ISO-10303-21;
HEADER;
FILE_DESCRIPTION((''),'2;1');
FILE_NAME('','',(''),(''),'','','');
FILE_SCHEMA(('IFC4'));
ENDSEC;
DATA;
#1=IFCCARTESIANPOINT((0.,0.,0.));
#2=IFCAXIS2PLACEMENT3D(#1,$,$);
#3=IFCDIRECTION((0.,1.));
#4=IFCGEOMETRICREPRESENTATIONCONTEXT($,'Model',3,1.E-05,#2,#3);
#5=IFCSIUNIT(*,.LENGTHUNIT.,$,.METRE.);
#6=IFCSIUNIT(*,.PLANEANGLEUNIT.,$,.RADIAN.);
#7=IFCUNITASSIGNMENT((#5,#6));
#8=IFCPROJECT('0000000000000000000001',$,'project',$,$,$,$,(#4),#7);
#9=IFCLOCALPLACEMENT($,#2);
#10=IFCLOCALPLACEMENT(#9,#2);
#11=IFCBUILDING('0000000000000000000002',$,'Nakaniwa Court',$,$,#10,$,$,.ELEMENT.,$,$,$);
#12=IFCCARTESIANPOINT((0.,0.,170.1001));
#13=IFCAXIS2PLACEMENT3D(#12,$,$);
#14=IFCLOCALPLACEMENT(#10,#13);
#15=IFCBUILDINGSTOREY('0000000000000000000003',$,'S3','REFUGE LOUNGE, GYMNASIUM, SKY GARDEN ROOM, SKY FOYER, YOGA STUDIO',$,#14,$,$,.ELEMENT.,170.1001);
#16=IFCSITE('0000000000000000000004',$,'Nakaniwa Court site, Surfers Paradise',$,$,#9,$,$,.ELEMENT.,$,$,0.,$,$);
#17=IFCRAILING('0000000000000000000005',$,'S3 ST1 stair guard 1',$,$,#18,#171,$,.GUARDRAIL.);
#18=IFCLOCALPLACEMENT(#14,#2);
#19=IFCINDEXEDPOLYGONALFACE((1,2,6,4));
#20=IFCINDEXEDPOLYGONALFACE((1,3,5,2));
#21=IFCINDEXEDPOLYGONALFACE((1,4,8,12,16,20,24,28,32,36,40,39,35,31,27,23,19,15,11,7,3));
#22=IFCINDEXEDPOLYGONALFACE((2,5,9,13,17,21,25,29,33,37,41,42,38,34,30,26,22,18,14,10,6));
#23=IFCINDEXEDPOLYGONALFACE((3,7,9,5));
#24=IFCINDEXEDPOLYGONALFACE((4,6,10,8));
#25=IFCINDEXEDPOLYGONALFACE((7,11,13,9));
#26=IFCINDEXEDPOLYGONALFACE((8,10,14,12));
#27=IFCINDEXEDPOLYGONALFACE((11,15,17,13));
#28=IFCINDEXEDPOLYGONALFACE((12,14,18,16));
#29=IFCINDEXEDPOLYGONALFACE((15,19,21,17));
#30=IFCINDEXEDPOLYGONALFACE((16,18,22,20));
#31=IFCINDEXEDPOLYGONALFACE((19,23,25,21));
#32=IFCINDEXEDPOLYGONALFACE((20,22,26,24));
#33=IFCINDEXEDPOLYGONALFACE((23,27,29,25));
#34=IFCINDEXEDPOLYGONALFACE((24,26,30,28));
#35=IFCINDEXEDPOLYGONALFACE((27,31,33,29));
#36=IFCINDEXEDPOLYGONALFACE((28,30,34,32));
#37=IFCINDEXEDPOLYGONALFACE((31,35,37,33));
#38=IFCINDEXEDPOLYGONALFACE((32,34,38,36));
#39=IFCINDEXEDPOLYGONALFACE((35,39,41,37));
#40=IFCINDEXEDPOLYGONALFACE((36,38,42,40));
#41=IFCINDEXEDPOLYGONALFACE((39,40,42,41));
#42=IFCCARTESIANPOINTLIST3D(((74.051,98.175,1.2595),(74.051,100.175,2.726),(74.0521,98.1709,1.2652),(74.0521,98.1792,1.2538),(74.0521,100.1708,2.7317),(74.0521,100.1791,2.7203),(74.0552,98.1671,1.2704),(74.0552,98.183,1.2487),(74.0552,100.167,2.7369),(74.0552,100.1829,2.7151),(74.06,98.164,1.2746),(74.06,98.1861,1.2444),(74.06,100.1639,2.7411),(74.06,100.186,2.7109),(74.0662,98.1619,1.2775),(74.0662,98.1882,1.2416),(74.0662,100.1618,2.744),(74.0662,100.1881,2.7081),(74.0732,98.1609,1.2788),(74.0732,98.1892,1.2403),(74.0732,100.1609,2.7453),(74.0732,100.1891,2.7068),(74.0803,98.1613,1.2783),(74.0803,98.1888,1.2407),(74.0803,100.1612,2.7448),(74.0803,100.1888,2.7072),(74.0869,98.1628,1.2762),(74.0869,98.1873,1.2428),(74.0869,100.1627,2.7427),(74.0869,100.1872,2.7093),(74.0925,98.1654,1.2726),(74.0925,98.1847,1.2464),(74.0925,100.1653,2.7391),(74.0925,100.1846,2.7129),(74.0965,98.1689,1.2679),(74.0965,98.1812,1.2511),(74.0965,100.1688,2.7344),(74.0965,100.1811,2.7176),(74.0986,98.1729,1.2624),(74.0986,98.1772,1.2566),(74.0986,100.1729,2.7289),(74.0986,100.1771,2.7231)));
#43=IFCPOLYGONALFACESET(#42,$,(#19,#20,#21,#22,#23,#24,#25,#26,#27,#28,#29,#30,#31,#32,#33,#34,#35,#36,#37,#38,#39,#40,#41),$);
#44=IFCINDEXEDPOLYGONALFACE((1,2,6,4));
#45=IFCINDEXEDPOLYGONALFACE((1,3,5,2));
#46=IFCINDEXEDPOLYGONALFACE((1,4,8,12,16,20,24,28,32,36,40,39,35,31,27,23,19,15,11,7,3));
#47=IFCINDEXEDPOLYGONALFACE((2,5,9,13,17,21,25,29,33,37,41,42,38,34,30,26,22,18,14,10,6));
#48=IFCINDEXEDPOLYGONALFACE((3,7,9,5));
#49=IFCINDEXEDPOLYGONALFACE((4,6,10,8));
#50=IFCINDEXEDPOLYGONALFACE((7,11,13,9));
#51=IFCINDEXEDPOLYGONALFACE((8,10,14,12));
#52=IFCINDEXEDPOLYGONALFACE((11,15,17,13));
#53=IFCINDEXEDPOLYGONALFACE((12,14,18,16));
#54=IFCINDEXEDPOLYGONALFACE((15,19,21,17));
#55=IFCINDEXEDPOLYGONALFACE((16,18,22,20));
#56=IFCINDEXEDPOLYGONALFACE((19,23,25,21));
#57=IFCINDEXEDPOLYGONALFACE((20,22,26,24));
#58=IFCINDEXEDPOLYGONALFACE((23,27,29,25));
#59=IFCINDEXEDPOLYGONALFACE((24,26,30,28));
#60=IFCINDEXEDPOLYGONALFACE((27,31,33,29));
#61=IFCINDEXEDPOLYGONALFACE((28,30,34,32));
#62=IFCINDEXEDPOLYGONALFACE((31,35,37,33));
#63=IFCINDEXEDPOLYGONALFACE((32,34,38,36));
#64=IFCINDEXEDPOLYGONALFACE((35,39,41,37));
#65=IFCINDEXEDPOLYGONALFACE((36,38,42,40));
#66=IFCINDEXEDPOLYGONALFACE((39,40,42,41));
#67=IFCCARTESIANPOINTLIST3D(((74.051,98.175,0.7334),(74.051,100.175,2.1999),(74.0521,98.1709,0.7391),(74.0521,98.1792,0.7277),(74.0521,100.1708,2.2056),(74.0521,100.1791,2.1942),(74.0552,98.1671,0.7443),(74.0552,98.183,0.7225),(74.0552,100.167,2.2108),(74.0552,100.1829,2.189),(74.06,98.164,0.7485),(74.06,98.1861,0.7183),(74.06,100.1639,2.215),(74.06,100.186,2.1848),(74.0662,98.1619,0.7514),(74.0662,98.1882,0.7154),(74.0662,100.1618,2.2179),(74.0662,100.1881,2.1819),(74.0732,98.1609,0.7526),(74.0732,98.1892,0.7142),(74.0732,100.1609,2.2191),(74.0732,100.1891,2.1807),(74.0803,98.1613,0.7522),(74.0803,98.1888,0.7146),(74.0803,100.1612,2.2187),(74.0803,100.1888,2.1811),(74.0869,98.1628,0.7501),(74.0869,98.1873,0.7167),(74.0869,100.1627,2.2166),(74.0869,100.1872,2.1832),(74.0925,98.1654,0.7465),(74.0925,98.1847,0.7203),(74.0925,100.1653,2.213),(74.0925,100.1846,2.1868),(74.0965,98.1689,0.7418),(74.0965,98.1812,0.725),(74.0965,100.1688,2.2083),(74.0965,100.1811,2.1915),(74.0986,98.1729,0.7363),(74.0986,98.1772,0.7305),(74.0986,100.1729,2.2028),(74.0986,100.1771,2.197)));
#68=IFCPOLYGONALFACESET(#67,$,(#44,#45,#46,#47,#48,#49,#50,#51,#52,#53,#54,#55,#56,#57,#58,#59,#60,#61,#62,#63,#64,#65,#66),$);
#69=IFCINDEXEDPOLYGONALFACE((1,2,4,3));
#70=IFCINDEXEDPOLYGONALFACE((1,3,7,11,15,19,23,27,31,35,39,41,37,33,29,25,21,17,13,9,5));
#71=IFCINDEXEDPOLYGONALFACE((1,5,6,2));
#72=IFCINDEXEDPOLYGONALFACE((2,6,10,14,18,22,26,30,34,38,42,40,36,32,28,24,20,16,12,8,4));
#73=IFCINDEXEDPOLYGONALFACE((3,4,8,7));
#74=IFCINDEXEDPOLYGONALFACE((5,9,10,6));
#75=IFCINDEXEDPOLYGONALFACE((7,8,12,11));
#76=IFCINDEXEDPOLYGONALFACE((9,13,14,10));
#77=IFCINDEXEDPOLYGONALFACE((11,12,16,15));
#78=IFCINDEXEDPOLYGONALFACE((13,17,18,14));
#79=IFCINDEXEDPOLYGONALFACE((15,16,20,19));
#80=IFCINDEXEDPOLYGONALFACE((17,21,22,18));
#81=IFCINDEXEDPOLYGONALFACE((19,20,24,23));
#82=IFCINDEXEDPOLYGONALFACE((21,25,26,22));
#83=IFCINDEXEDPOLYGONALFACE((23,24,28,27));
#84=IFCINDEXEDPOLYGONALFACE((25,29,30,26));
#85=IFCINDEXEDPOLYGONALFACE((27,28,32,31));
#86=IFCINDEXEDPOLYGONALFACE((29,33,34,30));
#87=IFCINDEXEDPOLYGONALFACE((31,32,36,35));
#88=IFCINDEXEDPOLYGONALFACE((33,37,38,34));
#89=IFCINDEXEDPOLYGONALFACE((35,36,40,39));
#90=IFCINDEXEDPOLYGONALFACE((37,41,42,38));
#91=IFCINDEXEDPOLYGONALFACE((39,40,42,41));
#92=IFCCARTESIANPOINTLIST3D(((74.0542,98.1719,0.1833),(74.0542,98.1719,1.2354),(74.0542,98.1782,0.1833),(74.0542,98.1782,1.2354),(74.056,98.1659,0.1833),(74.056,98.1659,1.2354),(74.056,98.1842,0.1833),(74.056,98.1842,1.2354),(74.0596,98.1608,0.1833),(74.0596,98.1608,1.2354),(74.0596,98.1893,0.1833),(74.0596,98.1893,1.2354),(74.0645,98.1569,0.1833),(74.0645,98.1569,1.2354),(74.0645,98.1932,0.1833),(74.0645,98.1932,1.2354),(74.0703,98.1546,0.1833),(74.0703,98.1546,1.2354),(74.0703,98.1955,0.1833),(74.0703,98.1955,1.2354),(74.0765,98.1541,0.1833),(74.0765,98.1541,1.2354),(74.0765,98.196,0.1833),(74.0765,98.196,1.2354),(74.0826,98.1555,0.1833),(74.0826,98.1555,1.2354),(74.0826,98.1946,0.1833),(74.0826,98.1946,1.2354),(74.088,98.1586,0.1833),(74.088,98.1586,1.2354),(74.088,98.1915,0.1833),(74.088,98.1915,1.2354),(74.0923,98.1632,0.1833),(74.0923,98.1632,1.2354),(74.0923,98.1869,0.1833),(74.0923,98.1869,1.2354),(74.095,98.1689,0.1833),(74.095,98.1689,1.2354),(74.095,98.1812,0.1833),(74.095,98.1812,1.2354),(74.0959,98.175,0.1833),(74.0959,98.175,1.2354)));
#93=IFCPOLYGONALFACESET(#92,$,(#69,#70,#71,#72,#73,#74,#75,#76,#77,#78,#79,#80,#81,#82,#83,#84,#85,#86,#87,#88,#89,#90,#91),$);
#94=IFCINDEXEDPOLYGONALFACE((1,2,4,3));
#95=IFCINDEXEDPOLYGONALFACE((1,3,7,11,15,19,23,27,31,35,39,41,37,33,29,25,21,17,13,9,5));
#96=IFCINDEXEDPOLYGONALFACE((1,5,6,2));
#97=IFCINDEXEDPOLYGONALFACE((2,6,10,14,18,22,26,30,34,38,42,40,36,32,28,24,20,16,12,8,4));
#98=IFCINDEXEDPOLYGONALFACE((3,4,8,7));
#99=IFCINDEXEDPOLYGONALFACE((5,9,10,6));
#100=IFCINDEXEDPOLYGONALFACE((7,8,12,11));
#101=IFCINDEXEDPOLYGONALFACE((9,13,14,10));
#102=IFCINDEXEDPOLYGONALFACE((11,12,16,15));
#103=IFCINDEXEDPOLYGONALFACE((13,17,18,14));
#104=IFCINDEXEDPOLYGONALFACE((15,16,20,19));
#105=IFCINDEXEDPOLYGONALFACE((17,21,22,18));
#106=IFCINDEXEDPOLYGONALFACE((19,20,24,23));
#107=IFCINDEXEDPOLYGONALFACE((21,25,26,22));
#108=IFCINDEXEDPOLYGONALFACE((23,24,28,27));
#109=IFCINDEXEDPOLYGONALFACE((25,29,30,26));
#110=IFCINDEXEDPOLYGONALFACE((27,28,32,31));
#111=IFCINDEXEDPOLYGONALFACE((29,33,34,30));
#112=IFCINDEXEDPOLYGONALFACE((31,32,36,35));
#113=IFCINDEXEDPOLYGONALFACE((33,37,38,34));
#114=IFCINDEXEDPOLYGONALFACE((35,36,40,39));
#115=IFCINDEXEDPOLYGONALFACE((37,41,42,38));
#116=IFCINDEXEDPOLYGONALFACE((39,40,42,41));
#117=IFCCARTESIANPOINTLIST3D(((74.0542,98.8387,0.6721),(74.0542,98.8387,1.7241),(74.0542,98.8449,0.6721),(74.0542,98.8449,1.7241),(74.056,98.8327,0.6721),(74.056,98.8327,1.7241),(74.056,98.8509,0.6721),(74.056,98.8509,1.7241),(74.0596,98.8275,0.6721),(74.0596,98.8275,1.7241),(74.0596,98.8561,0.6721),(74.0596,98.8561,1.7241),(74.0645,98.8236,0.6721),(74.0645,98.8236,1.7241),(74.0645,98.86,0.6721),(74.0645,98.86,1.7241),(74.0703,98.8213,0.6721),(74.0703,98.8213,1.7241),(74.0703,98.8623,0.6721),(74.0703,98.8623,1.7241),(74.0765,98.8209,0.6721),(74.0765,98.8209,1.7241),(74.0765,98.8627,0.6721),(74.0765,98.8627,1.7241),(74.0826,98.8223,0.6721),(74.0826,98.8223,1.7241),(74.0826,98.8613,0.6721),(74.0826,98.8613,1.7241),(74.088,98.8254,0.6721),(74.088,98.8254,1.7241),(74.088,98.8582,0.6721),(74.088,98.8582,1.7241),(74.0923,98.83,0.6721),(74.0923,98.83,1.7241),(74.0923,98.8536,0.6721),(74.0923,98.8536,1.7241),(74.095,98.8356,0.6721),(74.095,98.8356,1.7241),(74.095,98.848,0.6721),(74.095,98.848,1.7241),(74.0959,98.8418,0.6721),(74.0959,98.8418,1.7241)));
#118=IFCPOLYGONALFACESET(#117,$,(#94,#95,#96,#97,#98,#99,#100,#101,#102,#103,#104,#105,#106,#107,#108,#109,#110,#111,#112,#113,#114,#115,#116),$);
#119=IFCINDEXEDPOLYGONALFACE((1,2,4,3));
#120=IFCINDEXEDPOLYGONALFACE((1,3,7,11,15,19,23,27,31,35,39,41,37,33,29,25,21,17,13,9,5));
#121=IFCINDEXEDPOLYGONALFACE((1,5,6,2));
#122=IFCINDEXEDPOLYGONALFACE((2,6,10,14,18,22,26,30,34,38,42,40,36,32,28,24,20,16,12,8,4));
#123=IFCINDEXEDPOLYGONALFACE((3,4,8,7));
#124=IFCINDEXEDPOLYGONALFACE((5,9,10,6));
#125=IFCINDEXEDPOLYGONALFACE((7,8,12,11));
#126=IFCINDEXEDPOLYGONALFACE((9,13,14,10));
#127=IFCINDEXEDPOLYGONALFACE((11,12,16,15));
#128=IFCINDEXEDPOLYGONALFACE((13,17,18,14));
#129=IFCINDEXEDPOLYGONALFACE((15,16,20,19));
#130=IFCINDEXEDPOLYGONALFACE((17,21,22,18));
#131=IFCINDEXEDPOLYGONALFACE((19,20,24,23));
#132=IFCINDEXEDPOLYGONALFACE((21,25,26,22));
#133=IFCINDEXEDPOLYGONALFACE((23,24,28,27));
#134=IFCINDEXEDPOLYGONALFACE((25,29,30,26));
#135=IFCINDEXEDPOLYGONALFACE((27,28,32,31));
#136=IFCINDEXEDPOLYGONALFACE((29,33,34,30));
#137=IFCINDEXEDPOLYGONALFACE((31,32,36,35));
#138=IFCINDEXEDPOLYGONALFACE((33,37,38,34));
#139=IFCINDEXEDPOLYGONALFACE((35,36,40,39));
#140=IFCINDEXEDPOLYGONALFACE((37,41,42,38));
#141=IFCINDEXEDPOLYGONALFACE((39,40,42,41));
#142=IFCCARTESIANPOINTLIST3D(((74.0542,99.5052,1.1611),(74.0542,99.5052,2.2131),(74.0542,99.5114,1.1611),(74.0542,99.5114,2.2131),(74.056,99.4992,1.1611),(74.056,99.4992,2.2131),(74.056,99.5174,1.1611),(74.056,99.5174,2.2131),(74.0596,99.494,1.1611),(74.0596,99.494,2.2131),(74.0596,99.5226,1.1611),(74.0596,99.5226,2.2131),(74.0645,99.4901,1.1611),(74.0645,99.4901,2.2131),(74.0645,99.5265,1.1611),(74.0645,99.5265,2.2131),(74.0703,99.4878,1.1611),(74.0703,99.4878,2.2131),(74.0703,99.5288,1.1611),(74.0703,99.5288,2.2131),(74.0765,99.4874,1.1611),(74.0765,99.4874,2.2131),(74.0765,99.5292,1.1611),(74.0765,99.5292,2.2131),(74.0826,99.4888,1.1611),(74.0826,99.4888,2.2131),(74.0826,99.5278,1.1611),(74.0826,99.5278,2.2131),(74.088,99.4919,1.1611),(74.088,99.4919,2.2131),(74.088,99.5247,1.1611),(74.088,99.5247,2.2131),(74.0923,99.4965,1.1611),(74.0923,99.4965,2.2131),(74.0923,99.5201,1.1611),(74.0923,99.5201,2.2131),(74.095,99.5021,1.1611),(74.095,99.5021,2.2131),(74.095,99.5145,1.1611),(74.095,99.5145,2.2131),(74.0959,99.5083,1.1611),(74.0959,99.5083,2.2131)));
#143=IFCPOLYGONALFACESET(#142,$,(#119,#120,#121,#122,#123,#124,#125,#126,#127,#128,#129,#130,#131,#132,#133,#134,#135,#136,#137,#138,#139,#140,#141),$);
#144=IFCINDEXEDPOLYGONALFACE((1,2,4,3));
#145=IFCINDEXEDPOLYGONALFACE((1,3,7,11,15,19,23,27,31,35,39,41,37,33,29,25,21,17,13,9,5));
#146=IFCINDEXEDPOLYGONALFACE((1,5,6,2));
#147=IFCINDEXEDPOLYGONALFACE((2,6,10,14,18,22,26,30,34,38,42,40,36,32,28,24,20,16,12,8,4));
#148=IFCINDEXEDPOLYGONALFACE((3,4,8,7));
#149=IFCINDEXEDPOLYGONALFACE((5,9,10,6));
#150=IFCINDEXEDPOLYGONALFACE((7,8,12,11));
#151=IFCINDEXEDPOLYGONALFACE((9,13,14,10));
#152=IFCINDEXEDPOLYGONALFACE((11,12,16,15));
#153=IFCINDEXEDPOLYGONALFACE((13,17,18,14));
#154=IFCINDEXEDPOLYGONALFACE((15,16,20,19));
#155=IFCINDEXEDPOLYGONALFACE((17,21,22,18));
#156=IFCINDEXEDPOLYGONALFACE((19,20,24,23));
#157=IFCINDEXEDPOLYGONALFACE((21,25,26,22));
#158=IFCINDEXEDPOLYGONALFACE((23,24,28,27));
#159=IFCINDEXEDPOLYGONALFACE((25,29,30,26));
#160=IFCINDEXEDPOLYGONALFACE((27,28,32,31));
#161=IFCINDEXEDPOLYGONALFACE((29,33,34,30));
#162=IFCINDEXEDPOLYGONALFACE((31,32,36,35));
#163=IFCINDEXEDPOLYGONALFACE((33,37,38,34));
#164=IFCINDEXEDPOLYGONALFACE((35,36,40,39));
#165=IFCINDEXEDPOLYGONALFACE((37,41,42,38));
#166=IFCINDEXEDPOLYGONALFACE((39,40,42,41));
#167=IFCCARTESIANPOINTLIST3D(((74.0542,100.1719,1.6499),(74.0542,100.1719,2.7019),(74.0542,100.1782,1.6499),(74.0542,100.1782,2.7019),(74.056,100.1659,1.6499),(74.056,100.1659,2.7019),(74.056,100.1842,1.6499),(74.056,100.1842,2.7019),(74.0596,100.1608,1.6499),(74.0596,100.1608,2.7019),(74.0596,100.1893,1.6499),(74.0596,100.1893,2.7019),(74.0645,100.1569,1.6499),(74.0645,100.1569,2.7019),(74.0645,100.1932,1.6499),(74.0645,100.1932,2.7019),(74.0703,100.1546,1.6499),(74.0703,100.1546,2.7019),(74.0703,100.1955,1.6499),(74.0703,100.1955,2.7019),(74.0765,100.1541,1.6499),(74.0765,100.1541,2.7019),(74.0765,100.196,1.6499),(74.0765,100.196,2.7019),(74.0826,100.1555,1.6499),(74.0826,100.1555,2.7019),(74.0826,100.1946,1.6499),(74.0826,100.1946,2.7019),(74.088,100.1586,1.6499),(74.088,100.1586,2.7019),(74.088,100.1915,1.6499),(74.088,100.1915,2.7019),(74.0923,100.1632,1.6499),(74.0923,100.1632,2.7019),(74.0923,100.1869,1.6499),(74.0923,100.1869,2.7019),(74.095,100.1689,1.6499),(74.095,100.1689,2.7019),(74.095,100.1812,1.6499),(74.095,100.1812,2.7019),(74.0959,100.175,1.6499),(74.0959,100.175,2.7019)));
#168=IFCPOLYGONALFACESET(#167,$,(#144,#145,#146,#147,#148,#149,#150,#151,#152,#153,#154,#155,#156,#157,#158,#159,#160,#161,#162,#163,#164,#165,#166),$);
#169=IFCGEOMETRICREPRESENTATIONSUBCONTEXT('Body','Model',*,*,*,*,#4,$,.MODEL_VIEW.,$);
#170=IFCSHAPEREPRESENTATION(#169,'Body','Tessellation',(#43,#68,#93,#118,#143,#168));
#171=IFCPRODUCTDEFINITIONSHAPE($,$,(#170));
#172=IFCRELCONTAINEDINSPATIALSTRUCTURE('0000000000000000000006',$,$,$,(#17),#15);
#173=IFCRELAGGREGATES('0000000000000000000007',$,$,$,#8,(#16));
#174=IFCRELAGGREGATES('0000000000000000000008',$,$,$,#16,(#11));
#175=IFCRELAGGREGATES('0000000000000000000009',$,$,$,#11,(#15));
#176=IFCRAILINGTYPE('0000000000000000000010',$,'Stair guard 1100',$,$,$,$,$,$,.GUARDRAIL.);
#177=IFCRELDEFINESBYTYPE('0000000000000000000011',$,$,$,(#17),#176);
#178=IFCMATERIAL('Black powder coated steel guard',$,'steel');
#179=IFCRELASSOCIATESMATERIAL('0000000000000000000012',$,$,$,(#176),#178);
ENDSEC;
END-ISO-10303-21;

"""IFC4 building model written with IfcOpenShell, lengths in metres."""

from ifc_helpers import new_model, si_unit, direction, frame, origin, origin_2d, place, context, subcontext, project, spatial, circle, extrude, material, type_object, element, save


model = new_model("IFC4")

# Units and contexts
model_context = context("Model", 3, precision=1e-05, world=origin(), true_north=direction((0.0, 1.0)))
body_context = subcontext(model_context, "Body", "Model", "MODEL_VIEW")
ifc_project = project(units=[si_unit("LENGTHUNIT", "METRE"), si_unit("PLANEANGLEUNIT", "RADIAN")], contexts=[model_context])

# Site, building, storey
site_placement = place(None, origin())
site = spatial("IfcSite", under=ifc_project, at=site_placement, Name="Nakaniwa Court site, Surfers Paradise", CompositionType="ELEMENT", RefElevation=0.0)
building_placement = place(site_placement, origin())
building = spatial("IfcBuilding", under=site, at=building_placement, Name="Nakaniwa Court", CompositionType="ELEMENT")
storey_placement = place(building_placement, frame((0.0, 0.0, 170.1001)))
storey = spatial("IfcBuildingStorey", under=building, at=storey_placement, Name="S3", Description="REFUGE LOUNGE, GYMNASIUM, SKY GARDEN ROOM, SKY FOYER, YOGA STUDIO", CompositionType="ELEMENT", Elevation=170.1001)

# Railing
ifc_material_1 = material(Name="Black powder coated steel guard", Category="steel")
railing_type_1 = type_object("IfcRailingType", Name="Stair guard 1100", PredefinedType="GUARDRAIL", material=ifc_material_1)
railing_1_placement = place(storey_placement, frame((74.075, 98.175, 0.1833)))
element("IfcRailing", 1, at=railing_1_placement, inside=storey, type_object=railing_type_1, Name="S3 ST1 stair guard 1", PredefinedType="GUARDRAIL", context=body_context, shape_type="SweptSolid", body=[
    extrude(circle(Radius=0.0239, at=origin_2d()), frame((0.0, 0.0, 1.0762), z_axis=(0.0, 0.806427, 0.591334), x_axis=(-1.0, 0.0, 0.0)), (0.0, 0.0, 1.0), 2.48),
    extrude(circle(Radius=0.0239, at=origin_2d()), frame((0.0, 0.0, 0.55), z_axis=(0.0, 0.806427, 0.591334), x_axis=(-1.0, 0.0, 0.0)), (0.0, 0.0, 1.0), 2.48),
    extrude(circle(Radius=0.021, at=origin_2d()), origin(), (0.0, 0.0, 1.0), 1.052),
    extrude(circle(Radius=0.021, at=origin_2d()), frame((0.0, 0.6667, 0.4888)), (0.0, 0.0, 1.0), 1.052),
    extrude(circle(Radius=0.021, at=origin_2d()), frame((0.0, 1.3333, 0.9778)), (0.0, 0.0, 1.0), 1.052),
    extrude(circle(Radius=0.021, at=origin_2d()), frame((0.0, 2.0, 1.4666)), (0.0, 0.0, 1.0), 1.052),
])

save(model, "model.ifc")
